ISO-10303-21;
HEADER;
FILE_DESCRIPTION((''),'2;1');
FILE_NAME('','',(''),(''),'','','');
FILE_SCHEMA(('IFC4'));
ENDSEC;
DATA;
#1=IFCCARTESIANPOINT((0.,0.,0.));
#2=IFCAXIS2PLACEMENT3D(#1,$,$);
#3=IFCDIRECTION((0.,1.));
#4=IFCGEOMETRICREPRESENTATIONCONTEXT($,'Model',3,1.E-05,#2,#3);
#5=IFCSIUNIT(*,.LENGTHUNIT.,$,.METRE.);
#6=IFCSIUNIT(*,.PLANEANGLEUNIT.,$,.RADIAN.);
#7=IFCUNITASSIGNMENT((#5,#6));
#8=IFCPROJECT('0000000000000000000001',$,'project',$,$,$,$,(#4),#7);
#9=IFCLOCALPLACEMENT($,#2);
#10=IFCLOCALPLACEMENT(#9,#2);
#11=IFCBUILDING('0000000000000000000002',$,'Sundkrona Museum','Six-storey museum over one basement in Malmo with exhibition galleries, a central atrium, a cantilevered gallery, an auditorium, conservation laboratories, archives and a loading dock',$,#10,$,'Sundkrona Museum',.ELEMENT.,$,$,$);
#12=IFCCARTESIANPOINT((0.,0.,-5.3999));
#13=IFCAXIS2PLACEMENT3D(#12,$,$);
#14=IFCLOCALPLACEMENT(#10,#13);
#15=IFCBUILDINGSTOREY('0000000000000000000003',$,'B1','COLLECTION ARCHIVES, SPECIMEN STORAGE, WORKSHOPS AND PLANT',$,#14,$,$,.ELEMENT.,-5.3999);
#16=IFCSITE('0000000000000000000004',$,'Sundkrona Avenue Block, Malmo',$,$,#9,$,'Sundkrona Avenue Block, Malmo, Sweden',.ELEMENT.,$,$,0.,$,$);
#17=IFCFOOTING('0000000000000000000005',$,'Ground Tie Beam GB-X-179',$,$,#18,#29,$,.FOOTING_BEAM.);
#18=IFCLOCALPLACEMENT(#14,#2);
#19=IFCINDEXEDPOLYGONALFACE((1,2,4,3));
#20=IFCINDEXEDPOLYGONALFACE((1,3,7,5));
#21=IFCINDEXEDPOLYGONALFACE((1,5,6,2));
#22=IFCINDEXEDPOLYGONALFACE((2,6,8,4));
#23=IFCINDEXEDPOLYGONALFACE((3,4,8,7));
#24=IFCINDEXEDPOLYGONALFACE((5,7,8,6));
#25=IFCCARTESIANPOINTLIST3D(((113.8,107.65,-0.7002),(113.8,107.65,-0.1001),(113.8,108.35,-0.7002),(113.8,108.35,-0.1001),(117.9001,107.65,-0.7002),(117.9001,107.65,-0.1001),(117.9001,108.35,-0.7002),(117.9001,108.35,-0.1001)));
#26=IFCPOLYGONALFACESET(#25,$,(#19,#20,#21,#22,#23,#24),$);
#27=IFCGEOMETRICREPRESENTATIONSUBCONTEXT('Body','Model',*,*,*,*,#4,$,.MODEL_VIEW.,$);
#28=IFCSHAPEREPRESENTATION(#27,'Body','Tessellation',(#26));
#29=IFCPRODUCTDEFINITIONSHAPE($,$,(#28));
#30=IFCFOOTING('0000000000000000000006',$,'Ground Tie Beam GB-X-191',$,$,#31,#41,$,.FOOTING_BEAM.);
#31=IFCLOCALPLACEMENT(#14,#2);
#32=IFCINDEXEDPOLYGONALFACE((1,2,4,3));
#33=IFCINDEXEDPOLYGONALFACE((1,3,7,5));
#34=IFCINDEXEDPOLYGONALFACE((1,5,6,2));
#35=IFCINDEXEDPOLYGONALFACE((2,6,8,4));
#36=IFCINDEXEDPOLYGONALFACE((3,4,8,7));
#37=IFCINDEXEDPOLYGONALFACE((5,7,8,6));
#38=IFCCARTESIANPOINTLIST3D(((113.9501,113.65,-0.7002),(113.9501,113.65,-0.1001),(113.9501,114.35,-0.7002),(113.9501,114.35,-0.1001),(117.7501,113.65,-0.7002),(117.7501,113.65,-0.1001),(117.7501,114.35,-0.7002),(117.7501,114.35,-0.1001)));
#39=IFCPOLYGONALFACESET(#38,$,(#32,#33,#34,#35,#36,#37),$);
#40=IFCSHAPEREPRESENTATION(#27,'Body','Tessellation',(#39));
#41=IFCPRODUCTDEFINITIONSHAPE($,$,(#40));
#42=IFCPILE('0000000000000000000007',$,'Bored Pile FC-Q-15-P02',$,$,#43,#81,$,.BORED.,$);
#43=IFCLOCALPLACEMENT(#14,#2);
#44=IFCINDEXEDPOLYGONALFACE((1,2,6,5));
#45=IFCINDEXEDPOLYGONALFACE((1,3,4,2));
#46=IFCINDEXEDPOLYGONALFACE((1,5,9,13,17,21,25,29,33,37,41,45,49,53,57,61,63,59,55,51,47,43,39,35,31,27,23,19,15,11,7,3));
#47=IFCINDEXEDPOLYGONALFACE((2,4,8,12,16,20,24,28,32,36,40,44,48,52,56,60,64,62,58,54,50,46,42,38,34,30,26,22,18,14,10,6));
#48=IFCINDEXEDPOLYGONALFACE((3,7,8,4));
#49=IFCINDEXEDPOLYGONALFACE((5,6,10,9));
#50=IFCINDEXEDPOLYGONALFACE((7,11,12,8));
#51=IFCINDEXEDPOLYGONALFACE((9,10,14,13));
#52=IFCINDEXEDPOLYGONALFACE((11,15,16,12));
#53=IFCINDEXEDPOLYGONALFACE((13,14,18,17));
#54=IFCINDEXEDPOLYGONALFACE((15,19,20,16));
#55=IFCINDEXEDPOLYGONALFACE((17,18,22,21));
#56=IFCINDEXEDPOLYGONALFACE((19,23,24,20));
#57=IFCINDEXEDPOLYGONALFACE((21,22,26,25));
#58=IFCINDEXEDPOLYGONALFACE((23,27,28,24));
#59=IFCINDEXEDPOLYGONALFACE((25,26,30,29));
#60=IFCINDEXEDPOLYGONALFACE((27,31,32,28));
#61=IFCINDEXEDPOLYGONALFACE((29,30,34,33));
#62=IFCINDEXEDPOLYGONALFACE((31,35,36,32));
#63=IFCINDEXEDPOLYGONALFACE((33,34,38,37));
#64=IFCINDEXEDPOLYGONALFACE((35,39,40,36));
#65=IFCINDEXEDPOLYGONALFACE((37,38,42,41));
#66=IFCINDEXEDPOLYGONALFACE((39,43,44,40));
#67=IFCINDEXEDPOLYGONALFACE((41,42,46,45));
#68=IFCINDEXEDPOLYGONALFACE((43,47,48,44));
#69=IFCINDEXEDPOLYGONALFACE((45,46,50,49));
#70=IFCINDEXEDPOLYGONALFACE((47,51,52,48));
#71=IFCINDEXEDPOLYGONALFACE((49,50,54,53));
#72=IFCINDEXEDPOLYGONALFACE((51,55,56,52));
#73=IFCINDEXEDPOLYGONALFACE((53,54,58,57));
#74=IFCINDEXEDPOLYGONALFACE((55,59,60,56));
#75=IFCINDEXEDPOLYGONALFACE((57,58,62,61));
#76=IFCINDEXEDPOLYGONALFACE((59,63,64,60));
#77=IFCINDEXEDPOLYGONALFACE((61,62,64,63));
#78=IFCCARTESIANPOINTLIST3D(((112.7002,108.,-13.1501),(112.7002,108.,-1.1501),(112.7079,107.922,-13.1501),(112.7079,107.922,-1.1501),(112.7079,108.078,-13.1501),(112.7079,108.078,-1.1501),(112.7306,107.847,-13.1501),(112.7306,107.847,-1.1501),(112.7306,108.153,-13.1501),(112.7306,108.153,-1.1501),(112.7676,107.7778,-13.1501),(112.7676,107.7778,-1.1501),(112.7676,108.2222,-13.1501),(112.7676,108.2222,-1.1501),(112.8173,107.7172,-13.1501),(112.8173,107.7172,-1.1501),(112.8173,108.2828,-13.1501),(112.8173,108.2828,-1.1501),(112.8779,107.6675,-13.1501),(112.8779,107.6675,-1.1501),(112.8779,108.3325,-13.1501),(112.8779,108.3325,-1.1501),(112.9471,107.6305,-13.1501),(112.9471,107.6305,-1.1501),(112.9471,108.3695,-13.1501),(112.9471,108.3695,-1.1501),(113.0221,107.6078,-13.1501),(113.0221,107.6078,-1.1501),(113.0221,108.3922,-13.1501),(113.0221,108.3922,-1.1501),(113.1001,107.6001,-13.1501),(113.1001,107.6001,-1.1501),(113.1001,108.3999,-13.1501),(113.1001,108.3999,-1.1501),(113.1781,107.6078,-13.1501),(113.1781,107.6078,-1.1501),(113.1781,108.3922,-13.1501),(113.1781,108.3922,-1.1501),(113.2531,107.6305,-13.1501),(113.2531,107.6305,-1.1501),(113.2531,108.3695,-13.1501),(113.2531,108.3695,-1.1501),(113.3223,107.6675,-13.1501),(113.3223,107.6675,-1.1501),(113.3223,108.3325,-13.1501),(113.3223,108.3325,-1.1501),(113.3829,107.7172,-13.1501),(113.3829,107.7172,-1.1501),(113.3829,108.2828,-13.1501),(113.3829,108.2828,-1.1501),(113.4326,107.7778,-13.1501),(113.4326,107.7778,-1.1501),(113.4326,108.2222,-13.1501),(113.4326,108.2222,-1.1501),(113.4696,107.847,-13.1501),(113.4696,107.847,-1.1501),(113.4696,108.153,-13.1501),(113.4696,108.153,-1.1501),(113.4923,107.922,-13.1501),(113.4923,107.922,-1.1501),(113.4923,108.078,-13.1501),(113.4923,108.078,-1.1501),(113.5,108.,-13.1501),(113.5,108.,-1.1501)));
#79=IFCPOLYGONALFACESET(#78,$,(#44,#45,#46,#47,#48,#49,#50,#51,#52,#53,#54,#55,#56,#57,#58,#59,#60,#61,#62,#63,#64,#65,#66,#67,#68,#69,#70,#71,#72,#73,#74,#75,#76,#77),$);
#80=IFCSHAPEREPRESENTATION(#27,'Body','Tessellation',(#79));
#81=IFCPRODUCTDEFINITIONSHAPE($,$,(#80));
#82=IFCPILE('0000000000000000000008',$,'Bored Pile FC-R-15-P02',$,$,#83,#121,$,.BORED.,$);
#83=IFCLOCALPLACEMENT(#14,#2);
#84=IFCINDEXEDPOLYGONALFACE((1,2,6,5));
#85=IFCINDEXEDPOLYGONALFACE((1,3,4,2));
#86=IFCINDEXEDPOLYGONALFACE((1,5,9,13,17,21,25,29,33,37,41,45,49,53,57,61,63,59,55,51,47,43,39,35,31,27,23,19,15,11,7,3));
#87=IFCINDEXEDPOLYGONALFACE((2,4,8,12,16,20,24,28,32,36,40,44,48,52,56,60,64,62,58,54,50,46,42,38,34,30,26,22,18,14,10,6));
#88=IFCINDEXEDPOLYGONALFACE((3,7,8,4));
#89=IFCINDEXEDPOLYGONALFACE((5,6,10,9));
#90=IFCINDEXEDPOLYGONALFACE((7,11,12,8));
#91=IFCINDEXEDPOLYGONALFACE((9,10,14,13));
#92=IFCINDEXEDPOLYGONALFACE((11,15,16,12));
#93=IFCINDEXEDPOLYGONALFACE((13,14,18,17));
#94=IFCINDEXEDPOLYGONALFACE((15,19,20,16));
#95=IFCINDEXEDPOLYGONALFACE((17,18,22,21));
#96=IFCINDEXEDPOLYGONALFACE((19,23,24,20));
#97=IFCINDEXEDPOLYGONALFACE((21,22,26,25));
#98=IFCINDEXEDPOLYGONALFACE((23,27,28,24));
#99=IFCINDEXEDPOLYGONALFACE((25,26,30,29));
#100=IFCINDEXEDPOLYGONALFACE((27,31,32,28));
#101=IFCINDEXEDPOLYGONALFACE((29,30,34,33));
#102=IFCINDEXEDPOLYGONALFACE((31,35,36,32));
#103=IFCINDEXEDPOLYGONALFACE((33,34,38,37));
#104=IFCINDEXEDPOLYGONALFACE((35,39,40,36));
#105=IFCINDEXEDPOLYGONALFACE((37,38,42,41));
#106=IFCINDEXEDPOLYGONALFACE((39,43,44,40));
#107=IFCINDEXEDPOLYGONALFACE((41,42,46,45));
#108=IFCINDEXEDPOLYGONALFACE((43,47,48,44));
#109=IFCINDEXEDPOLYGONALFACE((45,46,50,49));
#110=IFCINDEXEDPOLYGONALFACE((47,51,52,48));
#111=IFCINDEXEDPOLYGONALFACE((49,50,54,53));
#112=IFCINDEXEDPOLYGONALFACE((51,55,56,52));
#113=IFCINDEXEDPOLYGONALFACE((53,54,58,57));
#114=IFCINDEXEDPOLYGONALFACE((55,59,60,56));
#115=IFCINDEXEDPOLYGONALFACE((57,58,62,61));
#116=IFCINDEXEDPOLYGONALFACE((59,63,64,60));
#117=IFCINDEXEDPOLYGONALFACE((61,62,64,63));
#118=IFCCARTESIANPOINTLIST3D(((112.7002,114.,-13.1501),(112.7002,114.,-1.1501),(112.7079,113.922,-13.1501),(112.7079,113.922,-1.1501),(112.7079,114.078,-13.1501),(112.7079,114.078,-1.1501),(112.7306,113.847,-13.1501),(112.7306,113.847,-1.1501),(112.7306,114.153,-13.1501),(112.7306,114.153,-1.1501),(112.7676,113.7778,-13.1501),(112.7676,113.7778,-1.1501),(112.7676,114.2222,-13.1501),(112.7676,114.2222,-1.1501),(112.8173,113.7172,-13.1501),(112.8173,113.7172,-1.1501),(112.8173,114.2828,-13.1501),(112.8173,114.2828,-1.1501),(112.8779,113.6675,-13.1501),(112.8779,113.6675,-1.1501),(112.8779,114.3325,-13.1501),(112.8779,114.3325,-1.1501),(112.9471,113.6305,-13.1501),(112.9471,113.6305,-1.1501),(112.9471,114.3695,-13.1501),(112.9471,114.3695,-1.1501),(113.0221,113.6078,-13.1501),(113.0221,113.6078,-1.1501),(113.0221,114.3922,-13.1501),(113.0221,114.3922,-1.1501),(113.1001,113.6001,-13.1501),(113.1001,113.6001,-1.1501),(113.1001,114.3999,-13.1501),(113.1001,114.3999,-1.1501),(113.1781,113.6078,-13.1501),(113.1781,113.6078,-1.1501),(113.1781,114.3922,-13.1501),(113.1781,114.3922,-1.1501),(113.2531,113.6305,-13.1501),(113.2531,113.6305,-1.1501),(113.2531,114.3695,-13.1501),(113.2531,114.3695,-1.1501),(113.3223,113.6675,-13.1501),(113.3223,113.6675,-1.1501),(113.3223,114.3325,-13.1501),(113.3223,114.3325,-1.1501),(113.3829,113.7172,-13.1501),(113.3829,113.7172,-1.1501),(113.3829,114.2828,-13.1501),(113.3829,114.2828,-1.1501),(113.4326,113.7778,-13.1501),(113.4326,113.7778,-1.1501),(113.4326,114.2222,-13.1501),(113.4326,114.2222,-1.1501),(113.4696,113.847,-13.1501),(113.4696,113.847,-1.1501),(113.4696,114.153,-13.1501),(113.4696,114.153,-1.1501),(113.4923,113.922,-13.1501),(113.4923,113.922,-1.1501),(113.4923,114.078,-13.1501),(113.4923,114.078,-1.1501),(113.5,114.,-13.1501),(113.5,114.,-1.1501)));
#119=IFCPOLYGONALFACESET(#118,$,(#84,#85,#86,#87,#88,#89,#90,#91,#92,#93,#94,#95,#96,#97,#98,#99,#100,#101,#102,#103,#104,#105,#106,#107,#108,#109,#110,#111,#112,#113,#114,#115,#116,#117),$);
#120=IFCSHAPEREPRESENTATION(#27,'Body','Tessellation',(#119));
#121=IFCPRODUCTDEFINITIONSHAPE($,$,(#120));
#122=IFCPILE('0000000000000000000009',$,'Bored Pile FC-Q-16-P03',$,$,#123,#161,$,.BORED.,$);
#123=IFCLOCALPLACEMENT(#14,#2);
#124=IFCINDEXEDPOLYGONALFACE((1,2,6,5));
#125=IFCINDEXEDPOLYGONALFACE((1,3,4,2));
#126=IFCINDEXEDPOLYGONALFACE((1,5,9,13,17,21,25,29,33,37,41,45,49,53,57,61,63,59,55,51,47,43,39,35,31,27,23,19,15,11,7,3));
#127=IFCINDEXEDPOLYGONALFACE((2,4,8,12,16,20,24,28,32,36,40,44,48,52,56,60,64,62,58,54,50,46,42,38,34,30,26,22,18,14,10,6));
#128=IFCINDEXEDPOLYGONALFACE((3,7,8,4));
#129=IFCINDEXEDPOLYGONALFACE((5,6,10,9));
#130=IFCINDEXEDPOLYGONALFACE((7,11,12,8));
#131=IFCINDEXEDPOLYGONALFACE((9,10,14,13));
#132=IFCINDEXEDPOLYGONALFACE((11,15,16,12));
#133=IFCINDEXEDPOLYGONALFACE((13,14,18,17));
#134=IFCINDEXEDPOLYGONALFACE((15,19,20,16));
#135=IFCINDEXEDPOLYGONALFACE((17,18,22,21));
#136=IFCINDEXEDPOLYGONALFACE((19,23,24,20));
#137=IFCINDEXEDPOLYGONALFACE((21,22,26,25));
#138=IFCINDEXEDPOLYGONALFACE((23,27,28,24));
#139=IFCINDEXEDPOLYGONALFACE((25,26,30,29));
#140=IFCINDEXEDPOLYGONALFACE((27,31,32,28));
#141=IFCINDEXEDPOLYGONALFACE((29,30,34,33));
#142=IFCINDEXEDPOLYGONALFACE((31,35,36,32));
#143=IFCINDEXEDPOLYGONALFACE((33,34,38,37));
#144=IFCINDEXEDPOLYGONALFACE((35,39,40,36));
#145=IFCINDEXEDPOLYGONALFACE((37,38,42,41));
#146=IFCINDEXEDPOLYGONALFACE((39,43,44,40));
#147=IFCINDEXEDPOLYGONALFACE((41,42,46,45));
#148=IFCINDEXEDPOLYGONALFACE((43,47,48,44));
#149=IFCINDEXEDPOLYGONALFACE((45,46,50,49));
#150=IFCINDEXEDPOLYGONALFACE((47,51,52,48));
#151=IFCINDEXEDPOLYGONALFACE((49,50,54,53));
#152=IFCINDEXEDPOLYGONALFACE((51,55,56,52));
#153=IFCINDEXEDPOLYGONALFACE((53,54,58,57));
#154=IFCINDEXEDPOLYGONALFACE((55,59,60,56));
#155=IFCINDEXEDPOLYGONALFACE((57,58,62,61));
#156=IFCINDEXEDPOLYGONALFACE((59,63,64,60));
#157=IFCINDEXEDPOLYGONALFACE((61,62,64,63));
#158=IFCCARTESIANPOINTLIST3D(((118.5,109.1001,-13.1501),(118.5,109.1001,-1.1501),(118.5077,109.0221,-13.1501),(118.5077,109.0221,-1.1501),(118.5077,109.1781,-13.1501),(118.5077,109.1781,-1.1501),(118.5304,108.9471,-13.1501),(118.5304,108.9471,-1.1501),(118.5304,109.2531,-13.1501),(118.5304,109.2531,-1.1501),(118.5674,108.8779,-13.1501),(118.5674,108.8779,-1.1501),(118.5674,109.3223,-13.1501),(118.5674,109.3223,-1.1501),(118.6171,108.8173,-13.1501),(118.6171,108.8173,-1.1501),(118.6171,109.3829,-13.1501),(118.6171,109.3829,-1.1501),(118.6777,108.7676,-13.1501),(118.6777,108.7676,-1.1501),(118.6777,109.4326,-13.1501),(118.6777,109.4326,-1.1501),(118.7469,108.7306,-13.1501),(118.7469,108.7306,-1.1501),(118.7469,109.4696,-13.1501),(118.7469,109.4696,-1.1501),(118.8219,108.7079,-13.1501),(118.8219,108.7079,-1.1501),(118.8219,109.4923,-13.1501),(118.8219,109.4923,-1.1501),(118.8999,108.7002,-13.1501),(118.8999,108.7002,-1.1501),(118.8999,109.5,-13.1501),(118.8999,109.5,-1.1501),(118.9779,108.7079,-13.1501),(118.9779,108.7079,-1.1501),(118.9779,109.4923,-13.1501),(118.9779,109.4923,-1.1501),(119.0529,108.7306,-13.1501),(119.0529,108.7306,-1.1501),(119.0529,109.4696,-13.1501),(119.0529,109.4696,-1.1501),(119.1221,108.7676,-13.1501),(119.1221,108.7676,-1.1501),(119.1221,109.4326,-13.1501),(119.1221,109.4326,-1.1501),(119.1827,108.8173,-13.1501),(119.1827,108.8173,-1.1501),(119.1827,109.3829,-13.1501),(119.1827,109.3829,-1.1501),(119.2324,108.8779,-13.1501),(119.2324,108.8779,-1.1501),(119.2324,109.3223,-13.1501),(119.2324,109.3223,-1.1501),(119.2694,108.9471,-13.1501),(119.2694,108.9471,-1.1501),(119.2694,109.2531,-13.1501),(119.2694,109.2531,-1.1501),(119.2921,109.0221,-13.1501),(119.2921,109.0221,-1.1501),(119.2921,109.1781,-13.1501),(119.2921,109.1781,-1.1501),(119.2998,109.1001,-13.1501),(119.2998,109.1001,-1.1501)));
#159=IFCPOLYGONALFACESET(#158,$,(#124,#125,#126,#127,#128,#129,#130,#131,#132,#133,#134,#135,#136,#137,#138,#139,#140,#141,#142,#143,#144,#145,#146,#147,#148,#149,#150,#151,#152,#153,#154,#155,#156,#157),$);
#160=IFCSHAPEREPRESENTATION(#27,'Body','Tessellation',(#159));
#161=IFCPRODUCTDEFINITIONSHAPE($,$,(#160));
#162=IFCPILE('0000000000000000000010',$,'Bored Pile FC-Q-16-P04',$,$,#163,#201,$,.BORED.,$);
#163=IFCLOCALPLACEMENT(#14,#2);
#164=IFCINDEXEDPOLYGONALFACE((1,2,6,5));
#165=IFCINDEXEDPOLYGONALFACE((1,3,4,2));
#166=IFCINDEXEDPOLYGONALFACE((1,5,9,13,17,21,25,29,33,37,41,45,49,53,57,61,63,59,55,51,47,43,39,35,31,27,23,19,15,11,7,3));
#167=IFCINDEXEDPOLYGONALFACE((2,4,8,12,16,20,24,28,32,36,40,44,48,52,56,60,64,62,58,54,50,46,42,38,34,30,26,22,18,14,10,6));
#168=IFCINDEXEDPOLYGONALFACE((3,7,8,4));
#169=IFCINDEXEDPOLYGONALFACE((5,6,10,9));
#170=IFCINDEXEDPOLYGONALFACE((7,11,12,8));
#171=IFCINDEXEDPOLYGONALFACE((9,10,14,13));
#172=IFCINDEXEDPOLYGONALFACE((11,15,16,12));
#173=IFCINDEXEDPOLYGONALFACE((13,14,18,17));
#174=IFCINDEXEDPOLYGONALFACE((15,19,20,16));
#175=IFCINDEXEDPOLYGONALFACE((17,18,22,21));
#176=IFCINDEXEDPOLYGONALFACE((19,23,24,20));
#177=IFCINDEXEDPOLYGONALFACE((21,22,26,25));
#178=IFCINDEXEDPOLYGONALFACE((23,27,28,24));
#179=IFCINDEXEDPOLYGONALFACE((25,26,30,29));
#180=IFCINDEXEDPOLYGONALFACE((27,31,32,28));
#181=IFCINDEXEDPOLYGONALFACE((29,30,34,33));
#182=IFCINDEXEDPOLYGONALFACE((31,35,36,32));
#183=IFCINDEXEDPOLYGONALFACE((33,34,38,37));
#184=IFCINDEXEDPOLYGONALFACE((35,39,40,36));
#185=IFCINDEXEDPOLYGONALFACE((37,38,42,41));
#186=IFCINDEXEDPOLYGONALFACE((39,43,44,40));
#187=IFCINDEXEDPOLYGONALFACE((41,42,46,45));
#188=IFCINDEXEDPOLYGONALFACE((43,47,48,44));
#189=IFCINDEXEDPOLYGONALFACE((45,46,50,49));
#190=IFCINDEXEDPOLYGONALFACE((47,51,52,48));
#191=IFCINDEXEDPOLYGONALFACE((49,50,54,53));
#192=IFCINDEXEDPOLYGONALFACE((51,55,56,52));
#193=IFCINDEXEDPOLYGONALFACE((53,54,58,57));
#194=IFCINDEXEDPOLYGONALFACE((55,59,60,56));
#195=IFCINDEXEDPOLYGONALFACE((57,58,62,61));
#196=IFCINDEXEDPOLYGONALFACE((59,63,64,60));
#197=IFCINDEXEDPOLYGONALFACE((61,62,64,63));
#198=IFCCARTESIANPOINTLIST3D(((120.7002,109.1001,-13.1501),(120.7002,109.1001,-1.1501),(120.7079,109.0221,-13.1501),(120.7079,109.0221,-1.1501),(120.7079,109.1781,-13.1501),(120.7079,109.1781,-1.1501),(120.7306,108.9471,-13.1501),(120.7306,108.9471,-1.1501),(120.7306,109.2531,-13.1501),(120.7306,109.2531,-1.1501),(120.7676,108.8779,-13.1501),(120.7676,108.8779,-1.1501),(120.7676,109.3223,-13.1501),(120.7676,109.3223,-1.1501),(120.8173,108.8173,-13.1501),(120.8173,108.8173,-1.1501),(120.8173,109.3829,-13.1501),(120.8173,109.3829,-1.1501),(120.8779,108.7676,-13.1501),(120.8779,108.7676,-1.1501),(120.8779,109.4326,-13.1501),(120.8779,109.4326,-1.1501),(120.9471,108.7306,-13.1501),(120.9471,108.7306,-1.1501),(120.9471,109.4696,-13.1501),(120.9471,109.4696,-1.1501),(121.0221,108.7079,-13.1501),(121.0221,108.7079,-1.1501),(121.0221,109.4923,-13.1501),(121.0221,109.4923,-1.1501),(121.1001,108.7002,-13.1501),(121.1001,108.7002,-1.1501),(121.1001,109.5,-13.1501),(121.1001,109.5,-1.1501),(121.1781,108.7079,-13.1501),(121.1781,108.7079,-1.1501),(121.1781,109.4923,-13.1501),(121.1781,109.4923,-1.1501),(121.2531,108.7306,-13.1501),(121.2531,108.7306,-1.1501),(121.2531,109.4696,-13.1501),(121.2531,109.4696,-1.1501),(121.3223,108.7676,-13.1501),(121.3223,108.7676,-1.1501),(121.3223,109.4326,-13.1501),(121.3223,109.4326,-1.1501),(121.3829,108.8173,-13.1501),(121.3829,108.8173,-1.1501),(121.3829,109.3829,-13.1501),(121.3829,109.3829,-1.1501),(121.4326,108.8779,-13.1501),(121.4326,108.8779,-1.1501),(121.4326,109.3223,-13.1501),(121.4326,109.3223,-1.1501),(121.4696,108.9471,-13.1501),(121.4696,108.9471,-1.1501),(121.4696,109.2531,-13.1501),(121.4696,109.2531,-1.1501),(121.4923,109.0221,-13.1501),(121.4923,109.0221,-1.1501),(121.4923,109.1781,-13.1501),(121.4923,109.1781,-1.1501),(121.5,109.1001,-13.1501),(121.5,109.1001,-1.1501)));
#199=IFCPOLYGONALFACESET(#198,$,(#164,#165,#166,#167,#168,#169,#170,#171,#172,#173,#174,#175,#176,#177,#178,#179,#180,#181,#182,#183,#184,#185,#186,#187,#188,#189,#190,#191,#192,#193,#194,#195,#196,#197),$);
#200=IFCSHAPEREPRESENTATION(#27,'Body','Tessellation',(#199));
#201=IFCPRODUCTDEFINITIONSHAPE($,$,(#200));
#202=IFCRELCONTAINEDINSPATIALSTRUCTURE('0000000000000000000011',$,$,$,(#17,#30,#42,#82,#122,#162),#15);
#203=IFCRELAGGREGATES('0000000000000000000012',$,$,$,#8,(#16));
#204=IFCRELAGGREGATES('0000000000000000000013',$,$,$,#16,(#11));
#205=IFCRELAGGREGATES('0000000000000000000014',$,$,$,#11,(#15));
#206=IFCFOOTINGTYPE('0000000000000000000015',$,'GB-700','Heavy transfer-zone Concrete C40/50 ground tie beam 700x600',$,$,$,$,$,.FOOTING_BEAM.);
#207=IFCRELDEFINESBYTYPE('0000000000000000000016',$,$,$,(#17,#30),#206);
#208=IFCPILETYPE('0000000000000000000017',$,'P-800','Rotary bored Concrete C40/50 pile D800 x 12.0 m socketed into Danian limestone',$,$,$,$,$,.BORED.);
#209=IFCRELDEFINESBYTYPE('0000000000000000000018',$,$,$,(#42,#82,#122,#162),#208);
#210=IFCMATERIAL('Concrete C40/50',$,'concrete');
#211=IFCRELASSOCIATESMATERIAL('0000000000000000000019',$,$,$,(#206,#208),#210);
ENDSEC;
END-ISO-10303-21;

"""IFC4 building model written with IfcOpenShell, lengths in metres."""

from ifc_helpers import new_model, si_unit, direction, frame, origin, origin_2d, place, context, subcontext, project, spatial, rectangle, circle, extrude, material, material_profile, profile_set, type_object, element, save


model = new_model("IFC4")

# Units and contexts
model_context = context("Model", 3, precision=1e-05, world=origin(), true_north=direction((0.0, 1.0)))
body_context = subcontext(model_context, "Body", "Model", "MODEL_VIEW")
ifc_project = project(units=[si_unit("LENGTHUNIT", "METRE"), si_unit("PLANEANGLEUNIT", "RADIAN")], contexts=[model_context])

# Site, building, storey
site_placement = place(None, origin())
site = spatial("IfcSite", under=ifc_project, at=site_placement, Name="Sundkrona Avenue Block, Malmo", LongName="Sundkrona Avenue Block, Malmo, Sweden", CompositionType="ELEMENT", RefElevation=0.0)
building_placement = place(site_placement, origin())
building = spatial("IfcBuilding", under=site, at=building_placement, Name="Sundkrona Museum", Description="Six-storey museum over one basement in Malmo with exhibition galleries, a central atrium, a cantilevered gallery, an auditorium, conservation laboratories, archives and a loading dock", LongName="Sundkrona Museum", CompositionType="ELEMENT")
storey_placement = place(building_placement, frame((0.0, 0.0, -5.3999)))
storey = spatial("IfcBuildingStorey", under=building, at=storey_placement, Name="B1", Description="COLLECTION ARCHIVES, SPECIMEN STORAGE, WORKSHOPS AND PLANT", CompositionType="ELEMENT", Elevation=-5.3999)

# Footings
ifc_material_1 = material(Name="Concrete C40/50", Category="concrete")
footing_type_1 = type_object("IfcFootingType", Name="GB-700", Description="Heavy transfer-zone Concrete C40/50 ground tie beam 700x600", PredefinedType="FOOTING_BEAM", material=ifc_material_1)
footing_1_placement = place(storey_placement, frame((115.8501, 108.0, -0.7002), z_axis=(0.0, 0.0, 1.0), x_axis=(1.0, 0.0, 0.0)))
element("IfcFooting", 1, at=footing_1_placement, inside=storey, type_object=footing_type_1, Name="Ground Tie Beam GB-X-179", PredefinedType="FOOTING_BEAM", context=body_context, shape_type="SweptSolid", body=[
    extrude(rectangle(XDim=4.1001, YDim=0.7, at=origin_2d()), origin(), (0.0, 0.0, 1.0), 0.6001),
])
footing_2_placement = place(storey_placement, frame((115.8501, 114.0, -0.7002), z_axis=(0.0, 0.0, 1.0), x_axis=(1.0, 0.0, 0.0)))
element("IfcFooting", 2, at=footing_2_placement, inside=storey, type_object=footing_type_1, Name="Ground Tie Beam GB-X-191", PredefinedType="FOOTING_BEAM", context=body_context, shape_type="SweptSolid", body=[
    extrude(rectangle(XDim=3.8, YDim=0.7, at=origin_2d()), origin(), (0.0, 0.0, 1.0), 0.6001),
])

# Piles
ifc_material_profile_1 = material_profile(ifc_material_1, circle(Radius=0.3999, at=origin_2d()), Name="PILE D800")
ifc_profile_set_1 = profile_set([ifc_material_profile_1], Name="Concrete C40/50")
pile_type = type_object("IfcPileType", Name="P-800", Description="Rotary bored Concrete C40/50 pile D800 x 12.0 m socketed into Danian limestone", PredefinedType="BORED", material=ifc_profile_set_1)
for number, where, z_axis, x_axis, name in (
    (3, (113.1001, 108.0, -1.1501), (0.0, 0.0, -1.0), (1.0, 0.0, 0.0), "Bored Pile FC-Q-15-P02"),
    (4, (113.1001, 114.0, -1.1501), (0.0, 0.0, -1.0), (1.0, 0.0, 0.0), "Bored Pile FC-R-15-P02"),
    (5, (118.8999, 109.1001, -1.1501), (0.0, 0.0, -1.0), (1.0, 0.0, 0.0), "Bored Pile FC-Q-16-P03"),
    (6, (121.1001, 109.1001, -1.1501), (0.0, 0.0, -1.0), (1.0, 0.0, 0.0), "Bored Pile FC-Q-16-P04"),
):
    element("IfcPile", number, at=place(storey_placement, frame(where, z_axis=z_axis, x_axis=x_axis)), inside=storey, type_object=pile_type, Name=name, PredefinedType="BORED", context=body_context, shape_type="SweptSolid", body=[
        extrude(circle(Radius=0.3999, at=origin_2d()), origin(), (0.0, 0.0, 1.0), 12.0),
    ])

save(model, "model.ifc")
